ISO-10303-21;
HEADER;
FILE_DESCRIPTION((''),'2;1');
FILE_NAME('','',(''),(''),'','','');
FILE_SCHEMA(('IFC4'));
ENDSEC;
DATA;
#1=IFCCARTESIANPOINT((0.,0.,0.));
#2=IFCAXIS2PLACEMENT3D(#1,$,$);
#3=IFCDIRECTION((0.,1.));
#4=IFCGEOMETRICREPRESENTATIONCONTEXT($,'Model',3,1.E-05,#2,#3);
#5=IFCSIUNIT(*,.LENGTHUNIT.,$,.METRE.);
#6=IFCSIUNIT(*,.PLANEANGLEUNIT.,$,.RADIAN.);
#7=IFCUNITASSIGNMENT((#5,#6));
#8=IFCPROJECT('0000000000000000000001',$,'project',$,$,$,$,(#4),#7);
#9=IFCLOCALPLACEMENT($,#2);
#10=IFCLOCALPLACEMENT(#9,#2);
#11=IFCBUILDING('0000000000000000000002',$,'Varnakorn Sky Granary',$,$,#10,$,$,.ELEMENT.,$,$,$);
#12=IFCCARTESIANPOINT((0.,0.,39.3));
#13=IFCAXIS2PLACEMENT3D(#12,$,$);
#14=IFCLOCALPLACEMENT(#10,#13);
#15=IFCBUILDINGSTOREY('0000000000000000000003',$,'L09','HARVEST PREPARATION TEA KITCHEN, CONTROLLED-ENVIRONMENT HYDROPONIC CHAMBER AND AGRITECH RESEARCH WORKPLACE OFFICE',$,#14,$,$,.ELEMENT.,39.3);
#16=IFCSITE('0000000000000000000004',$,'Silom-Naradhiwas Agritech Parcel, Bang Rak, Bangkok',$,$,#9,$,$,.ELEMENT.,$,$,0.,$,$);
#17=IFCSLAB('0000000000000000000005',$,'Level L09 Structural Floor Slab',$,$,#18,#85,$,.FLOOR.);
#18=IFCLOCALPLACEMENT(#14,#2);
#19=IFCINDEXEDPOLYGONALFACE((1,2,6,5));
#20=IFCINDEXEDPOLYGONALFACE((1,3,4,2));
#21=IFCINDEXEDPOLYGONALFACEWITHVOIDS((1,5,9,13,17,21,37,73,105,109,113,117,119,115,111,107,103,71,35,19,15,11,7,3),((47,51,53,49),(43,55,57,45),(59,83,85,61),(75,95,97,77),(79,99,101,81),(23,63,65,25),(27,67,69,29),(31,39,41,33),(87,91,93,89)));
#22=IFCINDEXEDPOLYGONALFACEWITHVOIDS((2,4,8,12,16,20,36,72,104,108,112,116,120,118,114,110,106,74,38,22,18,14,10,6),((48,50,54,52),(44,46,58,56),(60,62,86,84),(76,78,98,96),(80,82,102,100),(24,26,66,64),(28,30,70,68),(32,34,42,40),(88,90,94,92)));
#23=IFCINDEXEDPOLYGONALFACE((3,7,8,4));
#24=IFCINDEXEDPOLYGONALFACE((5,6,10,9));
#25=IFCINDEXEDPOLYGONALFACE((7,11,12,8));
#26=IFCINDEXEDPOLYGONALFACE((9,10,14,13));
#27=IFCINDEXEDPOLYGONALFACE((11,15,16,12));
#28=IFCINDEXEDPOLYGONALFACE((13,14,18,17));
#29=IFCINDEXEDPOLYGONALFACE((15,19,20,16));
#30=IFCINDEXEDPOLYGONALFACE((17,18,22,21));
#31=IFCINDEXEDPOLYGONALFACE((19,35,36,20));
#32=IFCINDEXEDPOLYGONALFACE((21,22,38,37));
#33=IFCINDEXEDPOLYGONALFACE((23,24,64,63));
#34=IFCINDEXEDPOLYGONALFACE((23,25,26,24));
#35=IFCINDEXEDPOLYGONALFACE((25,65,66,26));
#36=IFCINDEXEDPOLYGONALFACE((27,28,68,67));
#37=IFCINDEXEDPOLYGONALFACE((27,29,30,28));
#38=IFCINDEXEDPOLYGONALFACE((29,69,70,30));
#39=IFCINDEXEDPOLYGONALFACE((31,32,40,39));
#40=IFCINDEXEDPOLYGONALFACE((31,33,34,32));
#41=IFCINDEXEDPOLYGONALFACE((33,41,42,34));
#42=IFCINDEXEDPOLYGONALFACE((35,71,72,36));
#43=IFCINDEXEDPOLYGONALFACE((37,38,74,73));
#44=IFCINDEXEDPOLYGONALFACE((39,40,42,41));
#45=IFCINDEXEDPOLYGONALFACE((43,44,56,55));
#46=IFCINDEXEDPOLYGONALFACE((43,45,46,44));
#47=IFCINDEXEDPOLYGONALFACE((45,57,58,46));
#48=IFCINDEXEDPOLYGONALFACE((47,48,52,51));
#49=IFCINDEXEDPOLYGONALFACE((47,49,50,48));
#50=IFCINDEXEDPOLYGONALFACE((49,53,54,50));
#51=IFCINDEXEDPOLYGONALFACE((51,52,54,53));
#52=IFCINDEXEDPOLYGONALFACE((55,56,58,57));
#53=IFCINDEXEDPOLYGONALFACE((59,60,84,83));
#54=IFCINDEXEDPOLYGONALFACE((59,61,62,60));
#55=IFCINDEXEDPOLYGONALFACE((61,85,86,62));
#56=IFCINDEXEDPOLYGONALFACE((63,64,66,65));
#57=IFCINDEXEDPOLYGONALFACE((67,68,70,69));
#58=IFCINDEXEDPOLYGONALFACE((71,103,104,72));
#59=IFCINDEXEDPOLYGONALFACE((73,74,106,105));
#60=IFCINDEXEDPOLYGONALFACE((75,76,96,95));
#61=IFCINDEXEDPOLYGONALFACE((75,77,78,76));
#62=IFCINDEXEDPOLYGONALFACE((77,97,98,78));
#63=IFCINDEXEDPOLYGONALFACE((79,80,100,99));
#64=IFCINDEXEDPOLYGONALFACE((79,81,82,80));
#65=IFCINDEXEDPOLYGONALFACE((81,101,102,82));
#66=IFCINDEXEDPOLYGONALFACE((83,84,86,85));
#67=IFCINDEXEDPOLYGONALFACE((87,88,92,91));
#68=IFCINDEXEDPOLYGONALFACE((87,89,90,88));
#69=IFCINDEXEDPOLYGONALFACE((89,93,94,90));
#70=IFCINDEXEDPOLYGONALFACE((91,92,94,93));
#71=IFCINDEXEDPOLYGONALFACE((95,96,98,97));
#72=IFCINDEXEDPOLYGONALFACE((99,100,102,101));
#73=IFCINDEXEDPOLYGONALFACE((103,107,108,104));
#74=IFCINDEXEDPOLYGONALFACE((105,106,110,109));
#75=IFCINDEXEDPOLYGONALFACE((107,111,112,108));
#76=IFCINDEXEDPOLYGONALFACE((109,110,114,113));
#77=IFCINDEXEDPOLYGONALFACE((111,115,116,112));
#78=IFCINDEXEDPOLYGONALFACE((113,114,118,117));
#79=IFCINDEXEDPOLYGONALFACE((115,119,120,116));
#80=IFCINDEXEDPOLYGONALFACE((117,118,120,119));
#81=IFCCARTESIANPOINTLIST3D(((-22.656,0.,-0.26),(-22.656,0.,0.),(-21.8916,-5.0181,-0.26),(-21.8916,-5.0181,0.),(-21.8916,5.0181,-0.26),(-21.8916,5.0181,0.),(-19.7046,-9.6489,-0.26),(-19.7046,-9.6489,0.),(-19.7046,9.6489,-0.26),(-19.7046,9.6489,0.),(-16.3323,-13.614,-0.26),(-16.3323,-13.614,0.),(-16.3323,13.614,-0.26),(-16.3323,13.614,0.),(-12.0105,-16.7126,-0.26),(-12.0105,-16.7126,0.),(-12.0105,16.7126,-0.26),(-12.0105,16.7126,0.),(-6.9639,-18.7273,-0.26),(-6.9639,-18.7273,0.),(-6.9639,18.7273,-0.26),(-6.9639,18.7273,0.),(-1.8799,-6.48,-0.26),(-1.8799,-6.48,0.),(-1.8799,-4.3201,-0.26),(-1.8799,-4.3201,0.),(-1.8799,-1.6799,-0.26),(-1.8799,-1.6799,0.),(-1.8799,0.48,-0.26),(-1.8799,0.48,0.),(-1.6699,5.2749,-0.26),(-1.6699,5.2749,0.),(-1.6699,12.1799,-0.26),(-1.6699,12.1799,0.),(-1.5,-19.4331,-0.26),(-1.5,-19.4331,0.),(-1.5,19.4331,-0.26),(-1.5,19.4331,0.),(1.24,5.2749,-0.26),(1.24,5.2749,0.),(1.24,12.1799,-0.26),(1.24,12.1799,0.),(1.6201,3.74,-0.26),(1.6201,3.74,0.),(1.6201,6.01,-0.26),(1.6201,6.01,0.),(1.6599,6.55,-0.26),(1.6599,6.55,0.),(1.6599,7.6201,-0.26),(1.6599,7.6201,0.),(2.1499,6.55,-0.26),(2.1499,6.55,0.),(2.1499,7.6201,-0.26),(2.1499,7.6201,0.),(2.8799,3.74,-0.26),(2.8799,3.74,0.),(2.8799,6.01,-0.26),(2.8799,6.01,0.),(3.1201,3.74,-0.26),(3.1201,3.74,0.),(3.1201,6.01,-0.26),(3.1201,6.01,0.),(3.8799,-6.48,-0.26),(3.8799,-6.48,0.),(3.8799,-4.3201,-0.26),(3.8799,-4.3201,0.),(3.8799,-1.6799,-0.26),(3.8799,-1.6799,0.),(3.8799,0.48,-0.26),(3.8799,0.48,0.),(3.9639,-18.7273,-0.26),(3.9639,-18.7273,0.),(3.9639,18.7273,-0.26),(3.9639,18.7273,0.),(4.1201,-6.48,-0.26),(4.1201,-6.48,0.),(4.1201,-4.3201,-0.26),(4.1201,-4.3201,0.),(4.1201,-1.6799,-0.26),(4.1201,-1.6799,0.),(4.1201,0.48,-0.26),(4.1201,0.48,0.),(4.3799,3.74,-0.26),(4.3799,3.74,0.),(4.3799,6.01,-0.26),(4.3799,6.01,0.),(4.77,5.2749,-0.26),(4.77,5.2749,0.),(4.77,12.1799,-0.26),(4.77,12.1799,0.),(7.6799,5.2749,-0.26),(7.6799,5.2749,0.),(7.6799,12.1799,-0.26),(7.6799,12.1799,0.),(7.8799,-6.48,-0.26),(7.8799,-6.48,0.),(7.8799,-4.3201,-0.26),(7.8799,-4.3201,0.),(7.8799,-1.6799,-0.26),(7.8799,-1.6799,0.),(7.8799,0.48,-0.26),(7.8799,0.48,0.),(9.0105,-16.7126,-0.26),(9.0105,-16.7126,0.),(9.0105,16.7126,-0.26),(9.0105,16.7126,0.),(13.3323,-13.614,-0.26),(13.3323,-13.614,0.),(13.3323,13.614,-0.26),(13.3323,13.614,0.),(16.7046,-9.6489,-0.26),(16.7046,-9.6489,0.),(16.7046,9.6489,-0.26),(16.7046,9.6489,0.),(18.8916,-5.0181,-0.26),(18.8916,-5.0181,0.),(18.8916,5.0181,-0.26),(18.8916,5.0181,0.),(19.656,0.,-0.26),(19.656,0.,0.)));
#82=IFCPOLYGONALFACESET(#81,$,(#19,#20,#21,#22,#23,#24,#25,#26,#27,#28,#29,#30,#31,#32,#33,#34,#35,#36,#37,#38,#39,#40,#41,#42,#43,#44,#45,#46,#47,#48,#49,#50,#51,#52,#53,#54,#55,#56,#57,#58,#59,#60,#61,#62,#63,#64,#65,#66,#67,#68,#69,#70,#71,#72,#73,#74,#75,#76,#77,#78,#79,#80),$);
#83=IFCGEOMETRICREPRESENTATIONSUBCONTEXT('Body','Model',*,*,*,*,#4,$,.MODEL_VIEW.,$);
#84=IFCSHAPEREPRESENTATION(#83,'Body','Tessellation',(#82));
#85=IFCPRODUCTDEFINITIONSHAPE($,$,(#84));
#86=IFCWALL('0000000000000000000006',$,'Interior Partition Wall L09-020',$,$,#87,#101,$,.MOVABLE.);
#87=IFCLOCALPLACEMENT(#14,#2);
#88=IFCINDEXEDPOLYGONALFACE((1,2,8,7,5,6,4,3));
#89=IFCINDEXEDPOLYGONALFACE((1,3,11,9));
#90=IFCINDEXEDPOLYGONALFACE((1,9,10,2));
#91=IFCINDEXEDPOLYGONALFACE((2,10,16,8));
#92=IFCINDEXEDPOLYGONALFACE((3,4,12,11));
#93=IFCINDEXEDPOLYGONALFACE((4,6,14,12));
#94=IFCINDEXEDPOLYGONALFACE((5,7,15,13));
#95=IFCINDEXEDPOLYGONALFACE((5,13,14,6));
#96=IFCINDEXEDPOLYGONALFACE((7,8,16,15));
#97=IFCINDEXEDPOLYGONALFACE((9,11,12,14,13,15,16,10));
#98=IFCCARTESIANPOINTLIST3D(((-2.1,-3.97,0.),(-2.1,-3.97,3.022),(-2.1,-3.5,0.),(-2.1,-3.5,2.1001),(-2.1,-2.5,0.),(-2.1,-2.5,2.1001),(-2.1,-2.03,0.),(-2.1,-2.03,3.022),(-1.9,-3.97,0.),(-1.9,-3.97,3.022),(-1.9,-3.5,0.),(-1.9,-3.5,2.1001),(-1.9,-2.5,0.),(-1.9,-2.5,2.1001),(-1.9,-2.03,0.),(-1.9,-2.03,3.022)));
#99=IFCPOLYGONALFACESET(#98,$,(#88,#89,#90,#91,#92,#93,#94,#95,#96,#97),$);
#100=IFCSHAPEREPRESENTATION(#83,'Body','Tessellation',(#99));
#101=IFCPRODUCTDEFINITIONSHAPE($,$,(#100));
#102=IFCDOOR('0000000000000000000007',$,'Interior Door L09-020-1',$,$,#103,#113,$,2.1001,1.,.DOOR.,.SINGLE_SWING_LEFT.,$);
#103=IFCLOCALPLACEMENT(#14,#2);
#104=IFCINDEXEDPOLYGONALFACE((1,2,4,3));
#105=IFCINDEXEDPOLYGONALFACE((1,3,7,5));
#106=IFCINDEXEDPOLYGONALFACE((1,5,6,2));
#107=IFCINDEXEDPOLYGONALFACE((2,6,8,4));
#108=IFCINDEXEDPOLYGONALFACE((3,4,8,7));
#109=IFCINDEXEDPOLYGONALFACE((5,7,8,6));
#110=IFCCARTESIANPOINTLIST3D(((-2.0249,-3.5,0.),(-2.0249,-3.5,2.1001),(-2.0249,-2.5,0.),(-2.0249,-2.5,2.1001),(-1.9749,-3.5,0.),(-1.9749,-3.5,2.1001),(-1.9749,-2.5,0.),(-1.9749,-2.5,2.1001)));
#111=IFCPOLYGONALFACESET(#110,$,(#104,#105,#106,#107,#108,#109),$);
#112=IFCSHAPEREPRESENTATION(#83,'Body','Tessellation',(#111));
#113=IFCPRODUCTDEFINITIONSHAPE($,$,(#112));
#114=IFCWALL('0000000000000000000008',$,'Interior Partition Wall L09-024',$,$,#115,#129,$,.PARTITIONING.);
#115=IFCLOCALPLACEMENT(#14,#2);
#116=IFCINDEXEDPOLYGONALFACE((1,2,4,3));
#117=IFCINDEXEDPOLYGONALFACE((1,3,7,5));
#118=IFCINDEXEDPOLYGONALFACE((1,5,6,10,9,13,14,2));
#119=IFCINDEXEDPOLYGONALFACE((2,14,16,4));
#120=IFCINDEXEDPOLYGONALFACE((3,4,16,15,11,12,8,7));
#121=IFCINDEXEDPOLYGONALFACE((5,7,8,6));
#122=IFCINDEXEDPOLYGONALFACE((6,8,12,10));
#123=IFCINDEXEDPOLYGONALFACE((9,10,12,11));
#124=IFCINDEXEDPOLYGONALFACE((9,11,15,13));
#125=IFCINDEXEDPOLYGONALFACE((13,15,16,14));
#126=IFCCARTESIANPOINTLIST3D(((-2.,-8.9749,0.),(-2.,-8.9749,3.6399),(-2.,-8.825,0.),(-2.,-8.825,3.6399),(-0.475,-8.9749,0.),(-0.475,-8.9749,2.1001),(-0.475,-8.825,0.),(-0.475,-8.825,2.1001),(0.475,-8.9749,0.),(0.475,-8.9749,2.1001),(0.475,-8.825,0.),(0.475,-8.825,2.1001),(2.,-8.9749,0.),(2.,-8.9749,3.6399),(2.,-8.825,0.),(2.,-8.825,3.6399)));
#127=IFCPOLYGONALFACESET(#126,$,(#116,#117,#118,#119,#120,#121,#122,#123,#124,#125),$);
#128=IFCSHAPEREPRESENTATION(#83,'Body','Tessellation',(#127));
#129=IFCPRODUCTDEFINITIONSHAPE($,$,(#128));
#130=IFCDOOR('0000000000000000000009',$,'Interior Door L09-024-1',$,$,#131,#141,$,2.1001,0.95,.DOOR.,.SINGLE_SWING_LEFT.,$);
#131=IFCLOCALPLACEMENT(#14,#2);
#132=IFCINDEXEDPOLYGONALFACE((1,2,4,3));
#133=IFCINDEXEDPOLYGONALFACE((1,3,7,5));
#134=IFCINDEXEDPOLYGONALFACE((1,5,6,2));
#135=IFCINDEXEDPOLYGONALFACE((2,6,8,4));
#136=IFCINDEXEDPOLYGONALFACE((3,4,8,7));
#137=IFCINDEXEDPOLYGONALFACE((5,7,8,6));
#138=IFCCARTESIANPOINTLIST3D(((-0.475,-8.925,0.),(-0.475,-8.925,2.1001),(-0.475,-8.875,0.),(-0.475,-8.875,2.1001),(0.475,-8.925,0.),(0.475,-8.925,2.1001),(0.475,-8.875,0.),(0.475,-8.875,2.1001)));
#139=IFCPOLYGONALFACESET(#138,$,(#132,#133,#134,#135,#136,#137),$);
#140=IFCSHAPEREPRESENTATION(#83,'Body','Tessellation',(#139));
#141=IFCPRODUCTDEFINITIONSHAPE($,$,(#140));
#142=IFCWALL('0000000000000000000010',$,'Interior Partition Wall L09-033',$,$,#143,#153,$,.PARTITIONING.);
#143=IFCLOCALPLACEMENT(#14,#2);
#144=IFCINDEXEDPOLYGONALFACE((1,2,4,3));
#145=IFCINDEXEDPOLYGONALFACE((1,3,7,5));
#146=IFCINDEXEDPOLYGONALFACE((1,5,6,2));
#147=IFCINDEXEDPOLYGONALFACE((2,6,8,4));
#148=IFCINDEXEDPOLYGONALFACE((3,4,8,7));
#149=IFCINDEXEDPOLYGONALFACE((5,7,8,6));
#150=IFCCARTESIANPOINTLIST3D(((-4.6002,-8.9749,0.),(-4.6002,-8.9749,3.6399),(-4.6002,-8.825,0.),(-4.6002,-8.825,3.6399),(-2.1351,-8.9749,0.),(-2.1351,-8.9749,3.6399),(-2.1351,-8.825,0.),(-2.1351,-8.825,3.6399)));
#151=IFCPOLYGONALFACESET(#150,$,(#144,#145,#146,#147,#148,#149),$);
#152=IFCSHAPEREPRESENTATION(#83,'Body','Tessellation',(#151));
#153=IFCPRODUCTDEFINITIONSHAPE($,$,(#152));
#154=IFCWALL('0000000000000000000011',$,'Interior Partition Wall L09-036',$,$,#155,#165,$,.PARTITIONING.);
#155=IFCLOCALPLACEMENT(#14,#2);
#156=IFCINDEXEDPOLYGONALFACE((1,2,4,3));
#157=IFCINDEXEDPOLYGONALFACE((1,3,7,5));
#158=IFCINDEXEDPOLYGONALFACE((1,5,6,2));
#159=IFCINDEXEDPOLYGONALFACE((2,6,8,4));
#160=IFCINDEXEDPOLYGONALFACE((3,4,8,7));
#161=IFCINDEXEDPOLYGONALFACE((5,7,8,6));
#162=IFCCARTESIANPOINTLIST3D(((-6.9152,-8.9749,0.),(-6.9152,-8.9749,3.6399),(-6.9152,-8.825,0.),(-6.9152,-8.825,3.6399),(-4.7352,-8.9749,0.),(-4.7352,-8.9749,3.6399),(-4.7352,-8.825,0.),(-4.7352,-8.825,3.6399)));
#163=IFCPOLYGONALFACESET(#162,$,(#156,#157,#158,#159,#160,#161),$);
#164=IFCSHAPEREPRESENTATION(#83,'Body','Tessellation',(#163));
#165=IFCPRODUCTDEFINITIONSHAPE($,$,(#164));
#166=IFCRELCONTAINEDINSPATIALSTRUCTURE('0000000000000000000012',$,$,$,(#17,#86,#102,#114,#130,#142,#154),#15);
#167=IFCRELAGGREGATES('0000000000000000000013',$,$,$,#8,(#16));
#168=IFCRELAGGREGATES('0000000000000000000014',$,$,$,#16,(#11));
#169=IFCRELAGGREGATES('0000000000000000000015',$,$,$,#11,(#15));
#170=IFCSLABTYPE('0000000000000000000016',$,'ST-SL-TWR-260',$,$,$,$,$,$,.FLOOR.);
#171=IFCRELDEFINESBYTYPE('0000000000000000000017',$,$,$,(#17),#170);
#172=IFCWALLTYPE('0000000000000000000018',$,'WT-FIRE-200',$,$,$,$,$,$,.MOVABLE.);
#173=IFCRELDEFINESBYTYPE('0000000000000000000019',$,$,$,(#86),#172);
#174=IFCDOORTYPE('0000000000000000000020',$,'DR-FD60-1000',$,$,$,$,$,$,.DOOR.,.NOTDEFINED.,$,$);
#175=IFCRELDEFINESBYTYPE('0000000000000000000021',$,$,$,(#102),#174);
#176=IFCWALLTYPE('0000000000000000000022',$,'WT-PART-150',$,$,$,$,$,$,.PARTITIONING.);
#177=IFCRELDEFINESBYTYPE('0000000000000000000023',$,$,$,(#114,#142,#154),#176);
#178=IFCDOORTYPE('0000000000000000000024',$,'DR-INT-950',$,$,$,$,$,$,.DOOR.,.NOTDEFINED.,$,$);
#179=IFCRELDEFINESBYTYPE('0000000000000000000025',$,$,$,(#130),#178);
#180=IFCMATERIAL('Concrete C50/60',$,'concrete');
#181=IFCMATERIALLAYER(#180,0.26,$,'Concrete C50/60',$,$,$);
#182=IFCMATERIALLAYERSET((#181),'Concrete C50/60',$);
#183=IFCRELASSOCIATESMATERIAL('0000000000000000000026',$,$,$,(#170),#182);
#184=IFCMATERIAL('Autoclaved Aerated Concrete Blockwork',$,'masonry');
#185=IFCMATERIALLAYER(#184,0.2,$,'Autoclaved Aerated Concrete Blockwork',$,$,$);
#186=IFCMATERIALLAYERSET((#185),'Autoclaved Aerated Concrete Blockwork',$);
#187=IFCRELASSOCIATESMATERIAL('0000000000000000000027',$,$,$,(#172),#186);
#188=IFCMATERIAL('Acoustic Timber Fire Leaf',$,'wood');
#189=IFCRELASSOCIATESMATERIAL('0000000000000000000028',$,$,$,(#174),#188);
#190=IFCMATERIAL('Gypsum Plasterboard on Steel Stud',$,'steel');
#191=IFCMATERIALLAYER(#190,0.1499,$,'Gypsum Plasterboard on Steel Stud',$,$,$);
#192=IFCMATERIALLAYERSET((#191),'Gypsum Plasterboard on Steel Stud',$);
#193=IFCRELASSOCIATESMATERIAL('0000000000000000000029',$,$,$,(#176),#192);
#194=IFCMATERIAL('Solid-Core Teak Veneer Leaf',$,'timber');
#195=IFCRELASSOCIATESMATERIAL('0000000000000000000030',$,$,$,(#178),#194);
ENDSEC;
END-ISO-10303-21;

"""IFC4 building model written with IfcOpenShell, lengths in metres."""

from ifc_helpers import new_model, si_unit, direction, frame, frame_2d, origin, place, context, subcontext, project, spatial, polyline, rectangle, outline, extrude, material, layer, layer_set, type_object, element, fill, save


model = new_model("IFC4")

# Units and contexts
model_context = context("Model", 3, precision=1e-05, world=origin(), true_north=direction((0.0, 1.0)))
body_context = subcontext(model_context, "Body", "Model", "MODEL_VIEW")
ifc_project = project(units=[si_unit("LENGTHUNIT", "METRE"), si_unit("PLANEANGLEUNIT", "RADIAN")], contexts=[model_context])

# Site, building, storey
site_placement = place(None, origin())
site = spatial("IfcSite", under=ifc_project, at=site_placement, Name="Silom-Naradhiwas Agritech Parcel, Bang Rak, Bangkok", CompositionType="ELEMENT", RefElevation=0.0)
building_placement = place(site_placement, origin())
building = spatial("IfcBuilding", under=site, at=building_placement, Name="Varnakorn Sky Granary", CompositionType="ELEMENT")
storey_placement = place(building_placement, frame((0.0, 0.0, 39.3)))
storey = spatial("IfcBuildingStorey", under=building, at=storey_placement, Name="L09", Description="HARVEST PREPARATION TEA KITCHEN, CONTROLLED-ENVIRONMENT HYDROPONIC CHAMBER AND AGRITECH RESEARCH WORKPLACE OFFICE", CompositionType="ELEMENT", Elevation=39.3)

# Slab
ifc_material_1 = material(Name="Concrete C50/60", Category="concrete")
ifc_layer_1 = layer(ifc_material_1, 0.26, Name="Concrete C50/60")
ifc_layer_set_1 = layer_set([ifc_layer_1], Name="Concrete C50/60")
slab_type_1 = type_object("IfcSlabType", Name="ST-SL-TWR-260", PredefinedType="FLOOR", material=ifc_layer_set_1)
slab_1_placement = place(storey_placement, frame((0.0, 0.0, -0.26)))
element("IfcSlab", 1, at=slab_1_placement, inside=storey, type_object=slab_type_1, Name="Level L09 Structural Floor Slab", PredefinedType="FLOOR", context=body_context, shape_type="SweptSolid", body=[
    extrude(outline(polyline([(19.656, 0.0), (18.8916, 5.0181), (16.7046, 9.6489), (13.3323, 13.614), (9.0105, 16.7126), (3.9639, 18.7273), (-1.5, 19.4331), (-6.9639, 18.7273), (-12.0105, 16.7126), (-16.3323, 13.614), (-19.7046, 9.6489), (-21.8916, 5.0181), (-22.656, 0.0), (-21.8916, -5.0181), (-19.7046, -9.6489), (-16.3323, -13.614), (-12.0105, -16.7126), (-6.9639, -18.7273), (-1.5, -19.4331), (3.9639, -18.7273), (9.0105, -16.7126), (13.3323, -13.614), (16.7046, -9.6489), (18.8916, -5.0181), (19.656, 0.0)]), holes=[polyline([(1.24, 5.2749), (1.24, 12.1799), (-1.6699, 12.1799), (-1.6699, 5.2749), (1.24, 5.2749)]), polyline([(7.6799, 5.2749), (7.6799, 12.1799), (4.77, 12.1799), (4.77, 5.2749), (7.6799, 5.2749)]), polyline([(1.6599, 6.55), (2.1499, 6.55), (2.1499, 7.6201), (1.6599, 7.6201), (1.6599, 6.55)]), polyline([(1.6201, 3.74), (2.8799, 3.74), (2.8799, 6.01), (1.6201, 6.01), (1.6201, 3.74)]), polyline([(3.1201, 3.74), (4.3799, 3.74), (4.3799, 6.01), (3.1201, 6.01), (3.1201, 3.74)]), polyline([(-1.8799, -1.6799), (3.8799, -1.6799), (3.8799, 0.48), (-1.8799, 0.48), (-1.8799, -1.6799)]), polyline([(4.1201, -1.6799), (7.8799, -1.6799), (7.8799, 0.48), (4.1201, 0.48), (4.1201, -1.6799)]), polyline([(-1.8799, -6.48), (3.8799, -6.48), (3.8799, -4.3201), (-1.8799, -4.3201), (-1.8799, -6.48)]), polyline([(4.1201, -6.48), (7.8799, -6.48), (7.8799, -4.3201), (4.1201, -4.3201), (4.1201, -6.48)])]), origin(), (0.0, 0.0, 1.0), 0.26),
])

# Walls, openings, doors
ifc_material_2 = material(Name="Autoclaved Aerated Concrete Blockwork", Category="masonry")
ifc_layer_2 = layer(ifc_material_2, 0.2, Name="Autoclaved Aerated Concrete Blockwork")
ifc_layer_set_2 = layer_set([ifc_layer_2], Name="Autoclaved Aerated Concrete Blockwork")
wall_type_1 = type_object("IfcWallType", Name="WT-FIRE-200", PredefinedType="MOVABLE", material=ifc_layer_set_2)
wall_1_placement = place(storey_placement, frame((-2.0, -3.97, 0.0), z_axis=(0.0, 0.0, 1.0), x_axis=(0.0, 1.0, 0.0)))
wall_1 = element("IfcWall", 2, at=wall_1_placement, inside=storey, type_object=wall_type_1, Name="Interior Partition Wall L09-020", PredefinedType="MOVABLE", context=body_context, shape_type="SweptSolid", body=[
    extrude(rectangle(XDim=1.9399, YDim=0.2, at=frame_2d((0.97, 0.0))), origin(), (0.0, 0.0, 1.0), 3.022),
])
opening_1_placement = place(wall_1_placement, frame((0.47, 0.0, 0.0)))
opening_1 = element("IfcOpeningElement", 3, at=opening_1_placement, cuts=wall_1, PredefinedType="OPENING", context=body_context, shape_type="SweptSolid", body=[
    extrude(rectangle(XDim=1.0, YDim=2.1001, at=frame_2d((0.5, 1.05))), frame((0.0, 0.1099, 0.0), z_axis=(0.0, -1.0, 0.0), x_axis=(1.0, 0.0, 0.0)), (0.0, 0.0, 1.0), 0.22),
])
ifc_material_3 = material(Name="Acoustic Timber Fire Leaf", Category="wood")
door_type_1 = type_object("IfcDoorType", Name="DR-FD60-1000", OperationType="NOTDEFINED", PredefinedType="DOOR", material=ifc_material_3)
door_1_placement = place(opening_1_placement, origin())
door_1 = element("IfcDoor", 4, at=door_1_placement, inside=storey, type_object=door_type_1, Name="Interior Door L09-020-1", OperationType="SINGLE_SWING_LEFT", OverallHeight=2.1001, OverallWidth=1.0, PredefinedType="DOOR", context=body_context, shape_type="SweptSolid", body=[
    extrude(rectangle(XDim=1.0, YDim=2.1001, at=frame_2d((0.5, 1.05))), frame((0.0, 0.0249, 0.0), z_axis=(0.0, -1.0, 0.0), x_axis=(1.0, 0.0, 0.0)), (0.0, 0.0, 1.0), 0.05),
])
fill(opening_1, door_1)
ifc_material_4 = material(Name="Gypsum Plasterboard on Steel Stud", Category="steel")
ifc_layer_3 = layer(ifc_material_4, 0.1499, Name="Gypsum Plasterboard on Steel Stud")
ifc_layer_set_3 = layer_set([ifc_layer_3], Name="Gypsum Plasterboard on Steel Stud")
wall_type_2 = type_object("IfcWallType", Name="WT-PART-150", PredefinedType="PARTITIONING", material=ifc_layer_set_3)
wall_2_placement = place(storey_placement, frame((-2.0, -8.8999, 0.0), z_axis=(0.0, 0.0, 1.0), x_axis=(1.0, 0.0, 0.0)))
wall_2 = element("IfcWall", 5, at=wall_2_placement, inside=storey, type_object=wall_type_2, Name="Interior Partition Wall L09-024", PredefinedType="PARTITIONING", context=body_context, shape_type="SweptSolid", body=[
    extrude(rectangle(XDim=4.0, YDim=0.1499, at=frame_2d((2.0, 0.0))), origin(), (0.0, 0.0, 1.0), 3.6399),
])
opening_2_placement = place(wall_2_placement, frame((1.5249, 0.0, 0.0)))
opening_2 = element("IfcOpeningElement", 6, at=opening_2_placement, cuts=wall_2, PredefinedType="OPENING", context=body_context, shape_type="SweptSolid", body=[
    extrude(rectangle(XDim=0.95, YDim=2.1001, at=frame_2d((0.4751, 1.05))), frame((0.0, 0.085, 0.0), z_axis=(0.0, -1.0, 0.0), x_axis=(1.0, 0.0, 0.0)), (0.0, 0.0, 1.0), 0.1699),
])
ifc_material_5 = material(Name="Solid-Core Teak Veneer Leaf", Category="timber")
door_type_2 = type_object("IfcDoorType", Name="DR-INT-950", OperationType="NOTDEFINED", PredefinedType="DOOR", material=ifc_material_5)
door_2_placement = place(opening_2_placement, origin())
door_2 = element("IfcDoor", 7, at=door_2_placement, inside=storey, type_object=door_type_2, Name="Interior Door L09-024-1", OperationType="SINGLE_SWING_LEFT", OverallHeight=2.1001, OverallWidth=0.95, PredefinedType="DOOR", context=body_context, shape_type="SweptSolid", body=[
    extrude(rectangle(XDim=0.95, YDim=2.1001, at=frame_2d((0.4751, 1.05))), frame((0.0, 0.0249, 0.0), z_axis=(0.0, -1.0, 0.0), x_axis=(1.0, 0.0, 0.0)), (0.0, 0.0, 1.0), 0.05),
])
fill(opening_2, door_2)

# Walls
wall_3_placement = place(storey_placement, frame((-4.6001, -8.8999, 0.0), z_axis=(0.0, 0.0, 1.0), x_axis=(1.0, 0.0, 0.0)))
element("IfcWall", 8, at=wall_3_placement, inside=storey, type_object=wall_type_2, Name="Interior Partition Wall L09-033", PredefinedType="PARTITIONING", context=body_context, shape_type="SweptSolid", body=[
    extrude(rectangle(XDim=2.4651, YDim=0.1499, at=frame_2d((1.2324, 0.0))), origin(), (0.0, 0.0, 1.0), 3.6399),
])
wall_4_placement = place(storey_placement, frame((-6.915, -8.8999, 0.0), z_axis=(0.0, 0.0, 1.0), x_axis=(1.0, 0.0, 0.0)))
element("IfcWall", 9, at=wall_4_placement, inside=storey, type_object=wall_type_2, Name="Interior Partition Wall L09-036", PredefinedType="PARTITIONING", context=body_context, shape_type="SweptSolid", body=[
    extrude(rectangle(XDim=2.1799, YDim=0.1499, at=frame_2d((1.0898, 0.0))), origin(), (0.0, 0.0, 1.0), 3.6399),
])

save(model, "model.ifc")
